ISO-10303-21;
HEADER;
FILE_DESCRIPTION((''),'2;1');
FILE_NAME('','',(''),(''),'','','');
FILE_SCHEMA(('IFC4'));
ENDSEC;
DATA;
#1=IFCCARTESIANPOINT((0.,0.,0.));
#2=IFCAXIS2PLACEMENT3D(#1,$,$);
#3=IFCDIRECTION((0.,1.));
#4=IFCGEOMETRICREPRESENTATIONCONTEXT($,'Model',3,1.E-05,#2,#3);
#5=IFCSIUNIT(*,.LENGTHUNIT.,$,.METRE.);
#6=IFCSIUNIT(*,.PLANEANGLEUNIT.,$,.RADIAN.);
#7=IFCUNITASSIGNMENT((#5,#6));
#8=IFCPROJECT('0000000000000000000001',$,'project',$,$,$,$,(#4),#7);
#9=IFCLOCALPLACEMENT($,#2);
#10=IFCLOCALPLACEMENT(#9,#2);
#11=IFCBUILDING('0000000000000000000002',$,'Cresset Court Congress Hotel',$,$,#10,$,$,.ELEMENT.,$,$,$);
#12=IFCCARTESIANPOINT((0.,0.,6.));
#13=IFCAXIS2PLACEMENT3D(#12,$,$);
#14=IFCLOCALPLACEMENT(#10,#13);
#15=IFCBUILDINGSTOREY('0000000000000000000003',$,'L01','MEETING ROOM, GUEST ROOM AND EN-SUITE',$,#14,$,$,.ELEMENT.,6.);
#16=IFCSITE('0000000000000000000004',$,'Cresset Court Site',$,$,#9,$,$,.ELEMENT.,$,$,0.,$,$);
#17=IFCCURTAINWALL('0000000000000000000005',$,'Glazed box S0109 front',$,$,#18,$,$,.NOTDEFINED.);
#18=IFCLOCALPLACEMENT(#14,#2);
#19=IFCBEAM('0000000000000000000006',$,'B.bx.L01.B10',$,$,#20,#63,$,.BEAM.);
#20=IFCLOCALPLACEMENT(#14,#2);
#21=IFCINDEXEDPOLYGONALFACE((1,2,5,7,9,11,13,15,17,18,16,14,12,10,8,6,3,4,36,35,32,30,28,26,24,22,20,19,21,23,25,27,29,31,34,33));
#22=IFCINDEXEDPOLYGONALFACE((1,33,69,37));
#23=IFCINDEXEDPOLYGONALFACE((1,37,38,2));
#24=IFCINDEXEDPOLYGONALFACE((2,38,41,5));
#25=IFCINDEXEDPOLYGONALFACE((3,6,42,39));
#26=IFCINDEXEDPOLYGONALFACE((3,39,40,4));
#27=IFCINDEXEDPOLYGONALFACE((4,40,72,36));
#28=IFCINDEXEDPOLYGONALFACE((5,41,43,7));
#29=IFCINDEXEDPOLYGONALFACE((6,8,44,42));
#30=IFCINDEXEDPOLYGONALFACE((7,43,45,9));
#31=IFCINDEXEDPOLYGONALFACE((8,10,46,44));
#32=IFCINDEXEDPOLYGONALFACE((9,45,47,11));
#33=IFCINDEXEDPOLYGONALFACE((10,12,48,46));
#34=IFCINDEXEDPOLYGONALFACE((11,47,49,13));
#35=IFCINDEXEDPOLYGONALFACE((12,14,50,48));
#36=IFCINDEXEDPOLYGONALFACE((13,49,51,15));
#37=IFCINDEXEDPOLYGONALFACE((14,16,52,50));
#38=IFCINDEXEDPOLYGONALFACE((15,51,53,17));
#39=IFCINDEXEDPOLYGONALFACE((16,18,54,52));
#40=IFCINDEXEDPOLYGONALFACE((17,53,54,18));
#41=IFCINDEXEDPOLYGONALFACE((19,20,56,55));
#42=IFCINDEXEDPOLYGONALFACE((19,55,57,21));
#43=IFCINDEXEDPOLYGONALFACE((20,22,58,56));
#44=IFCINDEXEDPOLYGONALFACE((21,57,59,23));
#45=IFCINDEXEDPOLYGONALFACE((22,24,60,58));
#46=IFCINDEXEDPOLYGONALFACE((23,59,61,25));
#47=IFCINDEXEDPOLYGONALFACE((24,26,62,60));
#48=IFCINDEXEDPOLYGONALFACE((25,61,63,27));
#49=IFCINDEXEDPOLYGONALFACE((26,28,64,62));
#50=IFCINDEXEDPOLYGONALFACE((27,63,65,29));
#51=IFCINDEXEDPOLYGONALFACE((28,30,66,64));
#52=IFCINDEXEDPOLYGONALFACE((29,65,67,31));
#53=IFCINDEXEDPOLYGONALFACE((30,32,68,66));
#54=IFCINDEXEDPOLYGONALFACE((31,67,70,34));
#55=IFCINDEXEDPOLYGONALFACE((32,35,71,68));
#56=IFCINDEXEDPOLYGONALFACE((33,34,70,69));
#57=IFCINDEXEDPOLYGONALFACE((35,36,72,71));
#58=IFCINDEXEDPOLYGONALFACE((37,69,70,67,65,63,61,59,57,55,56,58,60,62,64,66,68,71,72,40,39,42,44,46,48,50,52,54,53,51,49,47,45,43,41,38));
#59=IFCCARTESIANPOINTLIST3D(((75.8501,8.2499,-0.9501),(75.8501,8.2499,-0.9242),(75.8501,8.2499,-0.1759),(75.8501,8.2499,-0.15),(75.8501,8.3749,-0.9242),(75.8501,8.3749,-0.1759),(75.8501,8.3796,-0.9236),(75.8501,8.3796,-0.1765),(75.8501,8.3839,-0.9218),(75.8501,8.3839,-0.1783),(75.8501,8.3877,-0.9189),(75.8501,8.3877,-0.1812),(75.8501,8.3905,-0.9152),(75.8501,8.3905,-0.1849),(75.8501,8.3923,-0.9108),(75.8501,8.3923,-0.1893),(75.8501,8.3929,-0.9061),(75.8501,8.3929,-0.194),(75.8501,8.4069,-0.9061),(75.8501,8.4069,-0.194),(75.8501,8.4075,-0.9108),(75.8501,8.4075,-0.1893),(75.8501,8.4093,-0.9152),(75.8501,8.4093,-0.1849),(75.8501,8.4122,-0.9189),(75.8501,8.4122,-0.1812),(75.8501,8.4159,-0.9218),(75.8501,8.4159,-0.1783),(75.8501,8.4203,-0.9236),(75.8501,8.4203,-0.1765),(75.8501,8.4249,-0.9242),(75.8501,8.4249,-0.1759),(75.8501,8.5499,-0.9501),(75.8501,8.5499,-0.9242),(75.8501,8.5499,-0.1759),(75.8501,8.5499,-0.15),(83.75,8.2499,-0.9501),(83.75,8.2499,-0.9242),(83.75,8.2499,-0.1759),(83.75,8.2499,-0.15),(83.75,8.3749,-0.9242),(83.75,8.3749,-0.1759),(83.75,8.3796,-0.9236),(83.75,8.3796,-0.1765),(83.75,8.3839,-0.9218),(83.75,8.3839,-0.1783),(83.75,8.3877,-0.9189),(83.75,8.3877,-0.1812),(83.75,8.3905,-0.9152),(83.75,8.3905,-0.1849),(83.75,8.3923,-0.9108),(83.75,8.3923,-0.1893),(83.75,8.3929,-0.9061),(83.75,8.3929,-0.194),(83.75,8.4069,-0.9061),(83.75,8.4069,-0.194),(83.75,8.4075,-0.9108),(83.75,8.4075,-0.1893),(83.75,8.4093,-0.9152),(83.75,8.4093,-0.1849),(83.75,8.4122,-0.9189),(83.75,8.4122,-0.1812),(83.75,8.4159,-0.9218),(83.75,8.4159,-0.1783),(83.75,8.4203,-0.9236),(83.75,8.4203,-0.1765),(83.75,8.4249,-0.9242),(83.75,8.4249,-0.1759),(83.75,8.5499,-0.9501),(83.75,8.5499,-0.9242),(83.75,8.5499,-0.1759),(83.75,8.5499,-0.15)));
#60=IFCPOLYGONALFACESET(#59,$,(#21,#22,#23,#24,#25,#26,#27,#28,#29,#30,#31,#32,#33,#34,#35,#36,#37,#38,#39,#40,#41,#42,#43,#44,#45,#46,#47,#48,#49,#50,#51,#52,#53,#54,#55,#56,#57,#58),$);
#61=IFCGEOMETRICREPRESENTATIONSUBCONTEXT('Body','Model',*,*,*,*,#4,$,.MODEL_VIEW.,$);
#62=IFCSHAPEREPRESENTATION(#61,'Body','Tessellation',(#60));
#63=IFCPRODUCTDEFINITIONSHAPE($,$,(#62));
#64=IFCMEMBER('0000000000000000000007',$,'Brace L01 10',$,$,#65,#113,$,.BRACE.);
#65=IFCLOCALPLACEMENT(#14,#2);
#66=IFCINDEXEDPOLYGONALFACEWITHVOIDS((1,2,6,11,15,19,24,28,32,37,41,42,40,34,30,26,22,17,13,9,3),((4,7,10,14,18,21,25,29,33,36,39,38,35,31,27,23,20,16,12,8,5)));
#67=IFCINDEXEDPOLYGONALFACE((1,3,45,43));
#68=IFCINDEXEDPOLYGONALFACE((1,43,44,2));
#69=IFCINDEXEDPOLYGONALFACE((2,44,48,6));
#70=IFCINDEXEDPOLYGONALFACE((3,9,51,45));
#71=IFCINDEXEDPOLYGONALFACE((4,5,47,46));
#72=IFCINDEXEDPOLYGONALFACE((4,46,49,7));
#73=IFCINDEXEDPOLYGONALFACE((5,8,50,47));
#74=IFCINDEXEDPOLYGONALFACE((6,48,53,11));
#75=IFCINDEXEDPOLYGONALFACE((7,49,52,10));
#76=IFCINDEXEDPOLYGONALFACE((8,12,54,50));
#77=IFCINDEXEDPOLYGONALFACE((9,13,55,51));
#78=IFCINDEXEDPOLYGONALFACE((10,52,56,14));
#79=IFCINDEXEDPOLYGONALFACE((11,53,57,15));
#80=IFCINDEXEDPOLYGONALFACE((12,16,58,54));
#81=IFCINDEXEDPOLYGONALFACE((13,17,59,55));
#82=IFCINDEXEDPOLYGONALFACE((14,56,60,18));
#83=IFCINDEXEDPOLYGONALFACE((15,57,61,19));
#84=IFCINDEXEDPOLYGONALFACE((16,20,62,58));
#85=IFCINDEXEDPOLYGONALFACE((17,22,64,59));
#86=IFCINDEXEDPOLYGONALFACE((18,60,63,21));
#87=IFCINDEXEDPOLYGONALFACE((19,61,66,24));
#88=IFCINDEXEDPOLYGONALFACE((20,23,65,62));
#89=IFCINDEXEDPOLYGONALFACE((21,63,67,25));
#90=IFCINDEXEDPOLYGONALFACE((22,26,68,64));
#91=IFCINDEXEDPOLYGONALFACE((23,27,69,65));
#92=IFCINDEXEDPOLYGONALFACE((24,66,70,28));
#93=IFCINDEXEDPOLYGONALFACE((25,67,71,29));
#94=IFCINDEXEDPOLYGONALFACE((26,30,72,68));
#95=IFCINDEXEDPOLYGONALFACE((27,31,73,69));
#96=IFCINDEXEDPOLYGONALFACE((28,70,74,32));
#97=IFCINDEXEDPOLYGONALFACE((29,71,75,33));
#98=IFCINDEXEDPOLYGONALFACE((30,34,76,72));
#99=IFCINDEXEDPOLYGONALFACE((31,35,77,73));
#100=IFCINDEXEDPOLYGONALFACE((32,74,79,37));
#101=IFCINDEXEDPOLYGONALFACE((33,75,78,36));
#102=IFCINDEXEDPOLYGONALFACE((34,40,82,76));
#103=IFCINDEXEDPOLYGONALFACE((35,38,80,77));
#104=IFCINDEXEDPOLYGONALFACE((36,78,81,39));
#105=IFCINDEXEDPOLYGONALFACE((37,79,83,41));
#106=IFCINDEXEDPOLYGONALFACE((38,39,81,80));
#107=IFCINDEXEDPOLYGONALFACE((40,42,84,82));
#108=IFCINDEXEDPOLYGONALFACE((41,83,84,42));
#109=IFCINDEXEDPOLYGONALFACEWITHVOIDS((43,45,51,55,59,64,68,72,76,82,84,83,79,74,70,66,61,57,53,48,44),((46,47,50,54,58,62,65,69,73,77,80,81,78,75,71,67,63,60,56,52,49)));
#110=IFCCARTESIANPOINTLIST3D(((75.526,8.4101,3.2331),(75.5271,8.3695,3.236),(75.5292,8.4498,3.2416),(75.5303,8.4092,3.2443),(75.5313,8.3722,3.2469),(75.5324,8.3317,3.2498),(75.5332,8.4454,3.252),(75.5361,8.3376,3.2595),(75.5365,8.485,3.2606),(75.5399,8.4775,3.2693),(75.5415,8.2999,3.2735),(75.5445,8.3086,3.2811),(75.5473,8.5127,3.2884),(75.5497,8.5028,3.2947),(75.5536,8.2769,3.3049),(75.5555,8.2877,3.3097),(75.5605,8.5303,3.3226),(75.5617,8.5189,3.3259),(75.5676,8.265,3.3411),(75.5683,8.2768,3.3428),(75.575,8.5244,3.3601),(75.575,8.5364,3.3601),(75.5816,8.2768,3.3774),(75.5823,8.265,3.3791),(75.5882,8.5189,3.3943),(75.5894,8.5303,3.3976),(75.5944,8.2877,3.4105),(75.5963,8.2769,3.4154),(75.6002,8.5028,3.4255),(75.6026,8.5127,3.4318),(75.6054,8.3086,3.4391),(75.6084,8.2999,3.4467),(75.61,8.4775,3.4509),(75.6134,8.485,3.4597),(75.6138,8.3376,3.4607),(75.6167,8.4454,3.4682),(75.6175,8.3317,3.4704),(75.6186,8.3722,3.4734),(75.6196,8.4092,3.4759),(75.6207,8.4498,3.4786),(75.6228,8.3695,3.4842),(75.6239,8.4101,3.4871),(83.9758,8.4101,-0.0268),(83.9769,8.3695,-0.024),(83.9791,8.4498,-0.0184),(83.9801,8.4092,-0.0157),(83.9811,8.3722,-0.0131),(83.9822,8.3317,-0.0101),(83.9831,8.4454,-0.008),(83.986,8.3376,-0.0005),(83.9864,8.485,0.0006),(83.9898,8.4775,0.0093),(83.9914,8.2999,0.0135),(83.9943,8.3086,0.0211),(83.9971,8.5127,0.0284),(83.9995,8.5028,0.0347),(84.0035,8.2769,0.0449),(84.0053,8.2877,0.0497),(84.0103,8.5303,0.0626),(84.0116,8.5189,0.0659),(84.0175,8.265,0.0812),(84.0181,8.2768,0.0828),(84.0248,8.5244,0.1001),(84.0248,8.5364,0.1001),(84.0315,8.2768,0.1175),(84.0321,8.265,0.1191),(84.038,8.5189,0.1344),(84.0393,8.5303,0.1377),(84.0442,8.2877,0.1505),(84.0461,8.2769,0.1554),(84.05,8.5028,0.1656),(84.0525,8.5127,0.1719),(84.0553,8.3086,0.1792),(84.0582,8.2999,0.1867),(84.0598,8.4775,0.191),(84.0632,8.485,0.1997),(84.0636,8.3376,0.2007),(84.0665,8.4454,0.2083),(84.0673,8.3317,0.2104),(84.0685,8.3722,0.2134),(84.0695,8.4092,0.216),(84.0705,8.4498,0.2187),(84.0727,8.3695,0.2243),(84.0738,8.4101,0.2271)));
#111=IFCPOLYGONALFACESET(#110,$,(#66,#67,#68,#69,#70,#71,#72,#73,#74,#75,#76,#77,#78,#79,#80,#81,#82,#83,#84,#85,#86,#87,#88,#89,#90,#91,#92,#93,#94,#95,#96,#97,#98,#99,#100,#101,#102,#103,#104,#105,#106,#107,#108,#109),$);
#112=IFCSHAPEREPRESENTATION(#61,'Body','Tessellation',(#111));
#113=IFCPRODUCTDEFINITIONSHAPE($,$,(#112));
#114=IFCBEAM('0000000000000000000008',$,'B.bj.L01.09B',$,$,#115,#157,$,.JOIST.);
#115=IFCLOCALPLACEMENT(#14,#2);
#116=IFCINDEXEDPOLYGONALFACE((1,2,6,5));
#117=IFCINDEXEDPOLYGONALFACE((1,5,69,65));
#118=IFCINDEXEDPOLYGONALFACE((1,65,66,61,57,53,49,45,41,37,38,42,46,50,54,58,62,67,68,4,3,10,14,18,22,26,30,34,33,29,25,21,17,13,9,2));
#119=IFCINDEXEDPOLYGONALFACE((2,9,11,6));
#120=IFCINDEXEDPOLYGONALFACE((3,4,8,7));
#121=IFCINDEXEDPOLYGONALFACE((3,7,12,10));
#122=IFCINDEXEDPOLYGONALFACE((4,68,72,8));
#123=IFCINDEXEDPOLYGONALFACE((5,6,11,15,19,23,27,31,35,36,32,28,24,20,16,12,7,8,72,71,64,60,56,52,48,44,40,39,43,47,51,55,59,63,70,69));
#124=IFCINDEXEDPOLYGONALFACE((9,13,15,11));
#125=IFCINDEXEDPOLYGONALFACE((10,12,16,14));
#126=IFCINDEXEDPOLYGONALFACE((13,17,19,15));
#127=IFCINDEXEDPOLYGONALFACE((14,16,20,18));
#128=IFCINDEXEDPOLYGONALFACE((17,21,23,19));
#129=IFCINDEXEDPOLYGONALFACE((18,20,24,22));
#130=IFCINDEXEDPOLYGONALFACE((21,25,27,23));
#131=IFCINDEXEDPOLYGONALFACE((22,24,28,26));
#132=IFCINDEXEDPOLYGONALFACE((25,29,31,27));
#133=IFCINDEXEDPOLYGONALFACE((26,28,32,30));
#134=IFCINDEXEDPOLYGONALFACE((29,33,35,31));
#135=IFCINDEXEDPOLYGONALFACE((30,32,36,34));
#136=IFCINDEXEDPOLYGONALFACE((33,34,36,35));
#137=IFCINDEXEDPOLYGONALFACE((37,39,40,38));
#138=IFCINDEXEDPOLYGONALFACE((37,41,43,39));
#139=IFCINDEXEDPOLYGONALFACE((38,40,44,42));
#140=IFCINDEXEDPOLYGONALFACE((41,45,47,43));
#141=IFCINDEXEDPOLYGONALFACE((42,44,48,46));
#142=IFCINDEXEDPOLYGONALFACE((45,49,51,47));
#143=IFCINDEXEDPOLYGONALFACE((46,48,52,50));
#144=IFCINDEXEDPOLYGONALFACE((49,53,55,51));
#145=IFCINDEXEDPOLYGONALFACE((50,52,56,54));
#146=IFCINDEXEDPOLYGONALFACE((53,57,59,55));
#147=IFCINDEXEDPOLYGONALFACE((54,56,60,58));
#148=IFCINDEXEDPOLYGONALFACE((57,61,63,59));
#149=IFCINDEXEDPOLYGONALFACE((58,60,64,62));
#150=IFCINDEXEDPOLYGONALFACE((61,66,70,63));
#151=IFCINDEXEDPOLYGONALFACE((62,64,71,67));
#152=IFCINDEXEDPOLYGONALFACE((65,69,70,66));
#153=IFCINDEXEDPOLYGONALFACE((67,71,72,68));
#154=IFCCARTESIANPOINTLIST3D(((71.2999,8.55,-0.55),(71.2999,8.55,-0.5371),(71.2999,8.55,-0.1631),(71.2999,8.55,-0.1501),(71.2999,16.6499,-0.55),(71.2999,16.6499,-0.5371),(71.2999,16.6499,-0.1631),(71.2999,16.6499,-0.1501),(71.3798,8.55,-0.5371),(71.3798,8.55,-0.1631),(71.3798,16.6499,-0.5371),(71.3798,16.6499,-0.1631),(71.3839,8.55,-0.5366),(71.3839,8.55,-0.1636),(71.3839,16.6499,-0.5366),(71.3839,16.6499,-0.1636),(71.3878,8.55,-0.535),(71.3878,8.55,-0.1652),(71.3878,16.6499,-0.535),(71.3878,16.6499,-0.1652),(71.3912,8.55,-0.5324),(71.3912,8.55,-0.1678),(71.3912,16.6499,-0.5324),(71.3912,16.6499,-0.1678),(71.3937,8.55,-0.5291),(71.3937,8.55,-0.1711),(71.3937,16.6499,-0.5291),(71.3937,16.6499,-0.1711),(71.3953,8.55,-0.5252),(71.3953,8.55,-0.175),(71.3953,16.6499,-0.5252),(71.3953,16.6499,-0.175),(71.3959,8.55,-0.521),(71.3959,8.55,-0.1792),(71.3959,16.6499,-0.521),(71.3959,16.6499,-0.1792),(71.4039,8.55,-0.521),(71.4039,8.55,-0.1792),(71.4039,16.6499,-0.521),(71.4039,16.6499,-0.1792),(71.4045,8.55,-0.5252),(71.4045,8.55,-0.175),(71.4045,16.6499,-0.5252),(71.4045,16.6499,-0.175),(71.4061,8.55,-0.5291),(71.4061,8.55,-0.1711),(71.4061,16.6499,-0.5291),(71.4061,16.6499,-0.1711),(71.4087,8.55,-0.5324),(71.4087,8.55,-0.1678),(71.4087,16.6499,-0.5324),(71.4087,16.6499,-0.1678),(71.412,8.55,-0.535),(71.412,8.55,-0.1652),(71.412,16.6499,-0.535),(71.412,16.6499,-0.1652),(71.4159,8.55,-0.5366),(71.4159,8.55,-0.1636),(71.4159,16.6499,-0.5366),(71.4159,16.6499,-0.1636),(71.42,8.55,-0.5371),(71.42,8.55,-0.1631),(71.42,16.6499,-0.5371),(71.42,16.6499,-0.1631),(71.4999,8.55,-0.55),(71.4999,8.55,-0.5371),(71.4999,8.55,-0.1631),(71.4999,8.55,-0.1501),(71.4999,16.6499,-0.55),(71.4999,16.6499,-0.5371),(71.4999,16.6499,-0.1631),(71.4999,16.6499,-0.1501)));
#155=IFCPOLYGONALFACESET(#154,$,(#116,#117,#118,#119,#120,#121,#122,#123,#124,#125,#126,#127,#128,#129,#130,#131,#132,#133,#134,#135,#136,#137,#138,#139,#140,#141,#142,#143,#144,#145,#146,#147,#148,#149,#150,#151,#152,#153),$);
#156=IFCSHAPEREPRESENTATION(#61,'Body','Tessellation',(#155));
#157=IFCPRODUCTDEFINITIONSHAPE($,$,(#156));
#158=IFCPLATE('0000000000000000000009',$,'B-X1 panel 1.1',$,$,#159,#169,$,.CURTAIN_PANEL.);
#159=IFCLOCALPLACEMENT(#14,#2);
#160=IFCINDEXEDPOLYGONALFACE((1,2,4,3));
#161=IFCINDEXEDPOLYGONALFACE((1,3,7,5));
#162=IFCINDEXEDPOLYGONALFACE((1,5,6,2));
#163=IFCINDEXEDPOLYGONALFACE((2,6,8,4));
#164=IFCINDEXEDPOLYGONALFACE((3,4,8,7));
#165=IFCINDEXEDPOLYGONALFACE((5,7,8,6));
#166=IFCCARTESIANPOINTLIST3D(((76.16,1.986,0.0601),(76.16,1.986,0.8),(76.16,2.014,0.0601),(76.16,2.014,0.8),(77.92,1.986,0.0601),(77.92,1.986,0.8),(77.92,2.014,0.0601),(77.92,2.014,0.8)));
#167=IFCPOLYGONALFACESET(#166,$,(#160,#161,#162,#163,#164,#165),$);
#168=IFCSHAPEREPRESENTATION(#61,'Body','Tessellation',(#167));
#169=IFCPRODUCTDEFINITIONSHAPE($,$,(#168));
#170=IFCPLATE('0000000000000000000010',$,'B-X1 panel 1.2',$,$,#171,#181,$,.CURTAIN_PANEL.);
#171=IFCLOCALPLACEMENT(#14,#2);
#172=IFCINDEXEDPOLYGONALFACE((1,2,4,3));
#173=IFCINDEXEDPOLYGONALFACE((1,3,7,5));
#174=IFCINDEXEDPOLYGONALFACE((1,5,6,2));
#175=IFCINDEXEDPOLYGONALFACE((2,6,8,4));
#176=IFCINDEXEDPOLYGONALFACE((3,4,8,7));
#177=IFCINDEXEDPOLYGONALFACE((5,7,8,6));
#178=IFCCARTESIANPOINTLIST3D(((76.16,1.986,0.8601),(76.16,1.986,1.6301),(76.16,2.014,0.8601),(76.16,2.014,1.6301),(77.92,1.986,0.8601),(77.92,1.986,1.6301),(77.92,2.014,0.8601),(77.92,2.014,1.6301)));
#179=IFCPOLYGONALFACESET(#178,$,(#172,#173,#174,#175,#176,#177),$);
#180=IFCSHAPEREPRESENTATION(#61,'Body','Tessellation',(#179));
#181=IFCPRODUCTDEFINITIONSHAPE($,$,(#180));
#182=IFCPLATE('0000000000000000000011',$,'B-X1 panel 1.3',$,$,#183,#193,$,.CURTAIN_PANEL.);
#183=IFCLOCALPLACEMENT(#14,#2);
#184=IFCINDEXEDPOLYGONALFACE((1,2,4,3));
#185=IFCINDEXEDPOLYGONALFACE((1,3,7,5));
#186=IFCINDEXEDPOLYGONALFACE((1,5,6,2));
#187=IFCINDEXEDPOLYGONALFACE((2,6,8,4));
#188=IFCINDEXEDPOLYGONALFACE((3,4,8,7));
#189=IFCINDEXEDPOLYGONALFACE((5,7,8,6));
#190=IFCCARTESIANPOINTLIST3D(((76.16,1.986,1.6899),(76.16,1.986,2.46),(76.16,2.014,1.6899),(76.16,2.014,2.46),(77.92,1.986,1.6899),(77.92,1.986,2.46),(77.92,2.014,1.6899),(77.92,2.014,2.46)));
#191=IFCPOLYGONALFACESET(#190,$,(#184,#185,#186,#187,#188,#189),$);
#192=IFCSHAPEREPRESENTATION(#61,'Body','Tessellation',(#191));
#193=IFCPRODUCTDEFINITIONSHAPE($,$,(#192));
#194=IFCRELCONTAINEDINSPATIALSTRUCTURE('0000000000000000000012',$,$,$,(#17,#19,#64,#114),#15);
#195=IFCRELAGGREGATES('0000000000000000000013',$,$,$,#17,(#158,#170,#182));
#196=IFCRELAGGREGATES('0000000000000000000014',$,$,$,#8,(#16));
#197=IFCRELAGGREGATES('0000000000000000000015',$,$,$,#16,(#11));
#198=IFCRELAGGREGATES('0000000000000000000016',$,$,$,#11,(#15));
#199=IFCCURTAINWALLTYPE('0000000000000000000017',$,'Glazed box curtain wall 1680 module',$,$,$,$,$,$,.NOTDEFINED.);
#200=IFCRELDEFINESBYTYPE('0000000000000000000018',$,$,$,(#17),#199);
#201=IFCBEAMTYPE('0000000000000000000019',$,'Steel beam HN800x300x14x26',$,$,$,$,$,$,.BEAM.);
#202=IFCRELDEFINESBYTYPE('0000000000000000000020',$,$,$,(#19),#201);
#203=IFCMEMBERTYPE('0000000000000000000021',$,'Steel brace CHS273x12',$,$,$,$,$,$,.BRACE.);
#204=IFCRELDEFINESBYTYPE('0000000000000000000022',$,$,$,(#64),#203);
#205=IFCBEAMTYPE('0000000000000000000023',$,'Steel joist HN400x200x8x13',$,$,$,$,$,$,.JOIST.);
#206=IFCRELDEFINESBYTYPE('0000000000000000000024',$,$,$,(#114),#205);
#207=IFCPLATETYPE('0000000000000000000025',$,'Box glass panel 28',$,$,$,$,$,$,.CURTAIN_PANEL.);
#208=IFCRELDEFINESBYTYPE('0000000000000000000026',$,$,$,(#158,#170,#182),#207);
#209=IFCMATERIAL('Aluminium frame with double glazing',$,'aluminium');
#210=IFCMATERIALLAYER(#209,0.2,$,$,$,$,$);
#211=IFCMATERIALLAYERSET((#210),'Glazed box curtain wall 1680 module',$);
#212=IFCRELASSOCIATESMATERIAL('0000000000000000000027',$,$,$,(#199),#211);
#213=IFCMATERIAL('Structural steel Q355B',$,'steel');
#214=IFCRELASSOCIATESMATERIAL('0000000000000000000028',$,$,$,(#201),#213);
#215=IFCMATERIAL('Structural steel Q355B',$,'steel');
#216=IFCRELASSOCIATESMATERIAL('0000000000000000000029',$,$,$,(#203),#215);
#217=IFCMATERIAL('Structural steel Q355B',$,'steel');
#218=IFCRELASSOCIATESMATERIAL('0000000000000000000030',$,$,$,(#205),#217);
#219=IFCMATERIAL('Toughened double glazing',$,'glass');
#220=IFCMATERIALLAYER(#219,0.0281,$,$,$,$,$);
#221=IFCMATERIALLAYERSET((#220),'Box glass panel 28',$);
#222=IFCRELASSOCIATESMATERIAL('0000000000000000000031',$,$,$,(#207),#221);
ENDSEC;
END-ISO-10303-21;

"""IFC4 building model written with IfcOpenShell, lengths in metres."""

from ifc_helpers import new_model, si_unit, direction, frame, origin, origin_2d, place, context, subcontext, project, spatial, rectangle, hollow_circle, i_section, extrude, material, layer, layer_set, material_profile, profile_set, type_object, element, aggregate, save


model = new_model("IFC4")

# Units and contexts
model_context = context("Model", 3, precision=1e-05, world=origin(), true_north=direction((0.0, 1.0)))
body_context = subcontext(model_context, "Body", "Model", "MODEL_VIEW")
ifc_project = project(units=[si_unit("LENGTHUNIT", "METRE"), si_unit("PLANEANGLEUNIT", "RADIAN")], contexts=[model_context])

# Site, building, storey
site_placement = place(None, origin())
site = spatial("IfcSite", under=ifc_project, at=site_placement, Name="Cresset Court Site", CompositionType="ELEMENT", RefElevation=0.0)
building_placement = place(site_placement, origin())
building = spatial("IfcBuilding", under=site, at=building_placement, Name="Cresset Court Congress Hotel", CompositionType="ELEMENT")
storey_placement = place(building_placement, frame((0.0, 0.0, 6.0)))
storey = spatial("IfcBuildingStorey", under=building, at=storey_placement, Name="L01", Description="MEETING ROOM, GUEST ROOM AND EN-SUITE", CompositionType="ELEMENT", Elevation=6.0)

# Curtain wall
ifc_material_1 = material(Name="Aluminium frame with double glazing", Category="aluminium")
ifc_layer_1 = layer(ifc_material_1, 0.2)
ifc_layer_set_1 = layer_set([ifc_layer_1], Name="Glazed box curtain wall 1680 module")
curtain_wall_type = type_object("IfcCurtainWallType", Name="Glazed box curtain wall 1680 module", PredefinedType="NOTDEFINED", material=ifc_layer_set_1)
curtain_wall_1_placement = place(storey_placement, origin())
curtain_wall_1 = element("IfcCurtainWall", 1, at=curtain_wall_1_placement, inside=storey, type_object=curtain_wall_type, Name="Glazed box S0109 front", PredefinedType="NOTDEFINED")

# Beam
ifc_material_2 = material(Name="Structural steel Q355B", Category="steel")
ifc_material_profile_1 = material_profile(ifc_material_2, i_section(OverallWidth=0.3, OverallDepth=0.8, WebThickness=0.0139, FlangeThickness=0.0259, FilletRadius=0.0181, at=origin_2d()), Name="HN800x300x14x26")
ifc_profile_set_1 = profile_set([ifc_material_profile_1], Name="Structural steel Q355B")
beam_type_1 = type_object("IfcBeamType", Name="Steel beam HN800x300x14x26", PredefinedType="BEAM", material=ifc_profile_set_1)
beam_1_placement = place(storey_placement, frame((75.8501, 8.3999, -0.55), z_axis=(1.0, 0.0, 0.0), x_axis=(0.0, 1.0, 0.0)))
element("IfcBeam", 2, at=beam_1_placement, inside=storey, type_object=beam_type_1, Name="B.bx.L01.B10", PredefinedType="BEAM", context=body_context, shape_type="SweptSolid", body=[
    extrude(i_section(OverallWidth=0.3, OverallDepth=0.8, WebThickness=0.0139, FlangeThickness=0.0259, FilletRadius=0.0181, at=origin_2d()), origin(), (0.0, 0.0, 1.0), 7.8999),
])

# Member
ifc_material_3 = material(Name="Structural steel Q355B", Category="steel")
ifc_material_profile_2 = material_profile(ifc_material_3, hollow_circle(Radius=0.1365, WallThickness=0.012, at=origin_2d()), Name="CHS273x12")
ifc_profile_set_2 = profile_set([ifc_material_profile_2], Name="Structural steel Q355B")
member_type_1 = type_object("IfcMemberType", Name="Steel brace CHS273x12", PredefinedType="BRACE", material=ifc_profile_set_2)
member_1_placement = place(storey_placement, frame((75.575, 8.3999, 3.3601), z_axis=(0.932974, 0.0, -0.359943), x_axis=(0.0, 1.0, 0.0)))
element("IfcMember", 3, at=member_1_placement, inside=storey, type_object=member_type_1, Name="Brace L01 10", PredefinedType="BRACE", context=body_context, shape_type="SweptSolid", body=[
    extrude(hollow_circle(Radius=0.1365, WallThickness=0.012, at=origin_2d()), origin(), (0.0, 0.0, 1.0), 9.0569),
])

# Beam
ifc_material_4 = material(Name="Structural steel Q355B", Category="steel")
ifc_material_profile_3 = material_profile(ifc_material_4, i_section(OverallWidth=0.2, OverallDepth=0.3999, WebThickness=0.0081, FlangeThickness=0.0129, FilletRadius=0.0161, at=origin_2d()), Name="HN400x200x8x13")
ifc_profile_set_3 = profile_set([ifc_material_profile_3], Name="Structural steel Q355B")
beam_type_2 = type_object("IfcBeamType", Name="Steel joist HN400x200x8x13", PredefinedType="JOIST", material=ifc_profile_set_3)
beam_2_placement = place(storey_placement, frame((71.3999, 8.55, -0.3501), z_axis=(0.0, 1.0, 0.0), x_axis=(-1.0, 0.0, 0.0)))
element("IfcBeam", 4, at=beam_2_placement, inside=storey, type_object=beam_type_2, Name="B.bj.L01.09B", PredefinedType="JOIST", context=body_context, shape_type="SweptSolid", body=[
    extrude(i_section(OverallWidth=0.2, OverallDepth=0.3999, WebThickness=0.0081, FlangeThickness=0.0129, FilletRadius=0.0161, at=origin_2d()), origin(), (0.0, 0.0, 1.0), 8.0999),
])

# Plates
ifc_material_5 = material(Name="Toughened double glazing", Category="glass")
ifc_layer_2 = layer(ifc_material_5, 0.0281)
ifc_layer_set_2 = layer_set([ifc_layer_2], Name="Box glass panel 28")
plate_type_1 = type_object("IfcPlateType", Name="Box glass panel 28", PredefinedType="CURTAIN_PANEL", material=ifc_layer_set_2)
plate_1_placement = place(storey_placement, frame((77.04, 2.0, 0.0601), z_axis=(0.0, 0.0, 1.0), x_axis=(1.0, 0.0, 0.0)))
plate_1 = element("IfcPlate", 5, at=plate_1_placement, type_object=plate_type_1, Name="B-X1 panel 1.1", PredefinedType="CURTAIN_PANEL", context=body_context, shape_type="SweptSolid", body=[
    extrude(rectangle(XDim=1.76, YDim=0.0281, at=origin_2d()), origin(), (0.0, 0.0, 1.0), 0.74),
])
plate_2_placement = place(storey_placement, frame((77.04, 2.0, 0.8601), z_axis=(0.0, 0.0, 1.0), x_axis=(1.0, 0.0, 0.0)))
plate_2 = element("IfcPlate", 6, at=plate_2_placement, type_object=plate_type_1, Name="B-X1 panel 1.2", PredefinedType="CURTAIN_PANEL", context=body_context, shape_type="SweptSolid", body=[
    extrude(rectangle(XDim=1.76, YDim=0.0281, at=origin_2d()), origin(), (0.0, 0.0, 1.0), 0.77),
])
plate_3_placement = place(storey_placement, frame((77.04, 2.0, 1.6899), z_axis=(0.0, 0.0, 1.0), x_axis=(1.0, 0.0, 0.0)))
plate_3 = element("IfcPlate", 7, at=plate_3_placement, type_object=plate_type_1, Name="B-X1 panel 1.3", PredefinedType="CURTAIN_PANEL", context=body_context, shape_type="SweptSolid", body=[
    extrude(rectangle(XDim=1.76, YDim=0.0281, at=origin_2d()), origin(), (0.0, 0.0, 1.0), 0.77),
])
aggregate(curtain_wall_1, [plate_1, plate_2, plate_3])

save(model, "model.ifc")
